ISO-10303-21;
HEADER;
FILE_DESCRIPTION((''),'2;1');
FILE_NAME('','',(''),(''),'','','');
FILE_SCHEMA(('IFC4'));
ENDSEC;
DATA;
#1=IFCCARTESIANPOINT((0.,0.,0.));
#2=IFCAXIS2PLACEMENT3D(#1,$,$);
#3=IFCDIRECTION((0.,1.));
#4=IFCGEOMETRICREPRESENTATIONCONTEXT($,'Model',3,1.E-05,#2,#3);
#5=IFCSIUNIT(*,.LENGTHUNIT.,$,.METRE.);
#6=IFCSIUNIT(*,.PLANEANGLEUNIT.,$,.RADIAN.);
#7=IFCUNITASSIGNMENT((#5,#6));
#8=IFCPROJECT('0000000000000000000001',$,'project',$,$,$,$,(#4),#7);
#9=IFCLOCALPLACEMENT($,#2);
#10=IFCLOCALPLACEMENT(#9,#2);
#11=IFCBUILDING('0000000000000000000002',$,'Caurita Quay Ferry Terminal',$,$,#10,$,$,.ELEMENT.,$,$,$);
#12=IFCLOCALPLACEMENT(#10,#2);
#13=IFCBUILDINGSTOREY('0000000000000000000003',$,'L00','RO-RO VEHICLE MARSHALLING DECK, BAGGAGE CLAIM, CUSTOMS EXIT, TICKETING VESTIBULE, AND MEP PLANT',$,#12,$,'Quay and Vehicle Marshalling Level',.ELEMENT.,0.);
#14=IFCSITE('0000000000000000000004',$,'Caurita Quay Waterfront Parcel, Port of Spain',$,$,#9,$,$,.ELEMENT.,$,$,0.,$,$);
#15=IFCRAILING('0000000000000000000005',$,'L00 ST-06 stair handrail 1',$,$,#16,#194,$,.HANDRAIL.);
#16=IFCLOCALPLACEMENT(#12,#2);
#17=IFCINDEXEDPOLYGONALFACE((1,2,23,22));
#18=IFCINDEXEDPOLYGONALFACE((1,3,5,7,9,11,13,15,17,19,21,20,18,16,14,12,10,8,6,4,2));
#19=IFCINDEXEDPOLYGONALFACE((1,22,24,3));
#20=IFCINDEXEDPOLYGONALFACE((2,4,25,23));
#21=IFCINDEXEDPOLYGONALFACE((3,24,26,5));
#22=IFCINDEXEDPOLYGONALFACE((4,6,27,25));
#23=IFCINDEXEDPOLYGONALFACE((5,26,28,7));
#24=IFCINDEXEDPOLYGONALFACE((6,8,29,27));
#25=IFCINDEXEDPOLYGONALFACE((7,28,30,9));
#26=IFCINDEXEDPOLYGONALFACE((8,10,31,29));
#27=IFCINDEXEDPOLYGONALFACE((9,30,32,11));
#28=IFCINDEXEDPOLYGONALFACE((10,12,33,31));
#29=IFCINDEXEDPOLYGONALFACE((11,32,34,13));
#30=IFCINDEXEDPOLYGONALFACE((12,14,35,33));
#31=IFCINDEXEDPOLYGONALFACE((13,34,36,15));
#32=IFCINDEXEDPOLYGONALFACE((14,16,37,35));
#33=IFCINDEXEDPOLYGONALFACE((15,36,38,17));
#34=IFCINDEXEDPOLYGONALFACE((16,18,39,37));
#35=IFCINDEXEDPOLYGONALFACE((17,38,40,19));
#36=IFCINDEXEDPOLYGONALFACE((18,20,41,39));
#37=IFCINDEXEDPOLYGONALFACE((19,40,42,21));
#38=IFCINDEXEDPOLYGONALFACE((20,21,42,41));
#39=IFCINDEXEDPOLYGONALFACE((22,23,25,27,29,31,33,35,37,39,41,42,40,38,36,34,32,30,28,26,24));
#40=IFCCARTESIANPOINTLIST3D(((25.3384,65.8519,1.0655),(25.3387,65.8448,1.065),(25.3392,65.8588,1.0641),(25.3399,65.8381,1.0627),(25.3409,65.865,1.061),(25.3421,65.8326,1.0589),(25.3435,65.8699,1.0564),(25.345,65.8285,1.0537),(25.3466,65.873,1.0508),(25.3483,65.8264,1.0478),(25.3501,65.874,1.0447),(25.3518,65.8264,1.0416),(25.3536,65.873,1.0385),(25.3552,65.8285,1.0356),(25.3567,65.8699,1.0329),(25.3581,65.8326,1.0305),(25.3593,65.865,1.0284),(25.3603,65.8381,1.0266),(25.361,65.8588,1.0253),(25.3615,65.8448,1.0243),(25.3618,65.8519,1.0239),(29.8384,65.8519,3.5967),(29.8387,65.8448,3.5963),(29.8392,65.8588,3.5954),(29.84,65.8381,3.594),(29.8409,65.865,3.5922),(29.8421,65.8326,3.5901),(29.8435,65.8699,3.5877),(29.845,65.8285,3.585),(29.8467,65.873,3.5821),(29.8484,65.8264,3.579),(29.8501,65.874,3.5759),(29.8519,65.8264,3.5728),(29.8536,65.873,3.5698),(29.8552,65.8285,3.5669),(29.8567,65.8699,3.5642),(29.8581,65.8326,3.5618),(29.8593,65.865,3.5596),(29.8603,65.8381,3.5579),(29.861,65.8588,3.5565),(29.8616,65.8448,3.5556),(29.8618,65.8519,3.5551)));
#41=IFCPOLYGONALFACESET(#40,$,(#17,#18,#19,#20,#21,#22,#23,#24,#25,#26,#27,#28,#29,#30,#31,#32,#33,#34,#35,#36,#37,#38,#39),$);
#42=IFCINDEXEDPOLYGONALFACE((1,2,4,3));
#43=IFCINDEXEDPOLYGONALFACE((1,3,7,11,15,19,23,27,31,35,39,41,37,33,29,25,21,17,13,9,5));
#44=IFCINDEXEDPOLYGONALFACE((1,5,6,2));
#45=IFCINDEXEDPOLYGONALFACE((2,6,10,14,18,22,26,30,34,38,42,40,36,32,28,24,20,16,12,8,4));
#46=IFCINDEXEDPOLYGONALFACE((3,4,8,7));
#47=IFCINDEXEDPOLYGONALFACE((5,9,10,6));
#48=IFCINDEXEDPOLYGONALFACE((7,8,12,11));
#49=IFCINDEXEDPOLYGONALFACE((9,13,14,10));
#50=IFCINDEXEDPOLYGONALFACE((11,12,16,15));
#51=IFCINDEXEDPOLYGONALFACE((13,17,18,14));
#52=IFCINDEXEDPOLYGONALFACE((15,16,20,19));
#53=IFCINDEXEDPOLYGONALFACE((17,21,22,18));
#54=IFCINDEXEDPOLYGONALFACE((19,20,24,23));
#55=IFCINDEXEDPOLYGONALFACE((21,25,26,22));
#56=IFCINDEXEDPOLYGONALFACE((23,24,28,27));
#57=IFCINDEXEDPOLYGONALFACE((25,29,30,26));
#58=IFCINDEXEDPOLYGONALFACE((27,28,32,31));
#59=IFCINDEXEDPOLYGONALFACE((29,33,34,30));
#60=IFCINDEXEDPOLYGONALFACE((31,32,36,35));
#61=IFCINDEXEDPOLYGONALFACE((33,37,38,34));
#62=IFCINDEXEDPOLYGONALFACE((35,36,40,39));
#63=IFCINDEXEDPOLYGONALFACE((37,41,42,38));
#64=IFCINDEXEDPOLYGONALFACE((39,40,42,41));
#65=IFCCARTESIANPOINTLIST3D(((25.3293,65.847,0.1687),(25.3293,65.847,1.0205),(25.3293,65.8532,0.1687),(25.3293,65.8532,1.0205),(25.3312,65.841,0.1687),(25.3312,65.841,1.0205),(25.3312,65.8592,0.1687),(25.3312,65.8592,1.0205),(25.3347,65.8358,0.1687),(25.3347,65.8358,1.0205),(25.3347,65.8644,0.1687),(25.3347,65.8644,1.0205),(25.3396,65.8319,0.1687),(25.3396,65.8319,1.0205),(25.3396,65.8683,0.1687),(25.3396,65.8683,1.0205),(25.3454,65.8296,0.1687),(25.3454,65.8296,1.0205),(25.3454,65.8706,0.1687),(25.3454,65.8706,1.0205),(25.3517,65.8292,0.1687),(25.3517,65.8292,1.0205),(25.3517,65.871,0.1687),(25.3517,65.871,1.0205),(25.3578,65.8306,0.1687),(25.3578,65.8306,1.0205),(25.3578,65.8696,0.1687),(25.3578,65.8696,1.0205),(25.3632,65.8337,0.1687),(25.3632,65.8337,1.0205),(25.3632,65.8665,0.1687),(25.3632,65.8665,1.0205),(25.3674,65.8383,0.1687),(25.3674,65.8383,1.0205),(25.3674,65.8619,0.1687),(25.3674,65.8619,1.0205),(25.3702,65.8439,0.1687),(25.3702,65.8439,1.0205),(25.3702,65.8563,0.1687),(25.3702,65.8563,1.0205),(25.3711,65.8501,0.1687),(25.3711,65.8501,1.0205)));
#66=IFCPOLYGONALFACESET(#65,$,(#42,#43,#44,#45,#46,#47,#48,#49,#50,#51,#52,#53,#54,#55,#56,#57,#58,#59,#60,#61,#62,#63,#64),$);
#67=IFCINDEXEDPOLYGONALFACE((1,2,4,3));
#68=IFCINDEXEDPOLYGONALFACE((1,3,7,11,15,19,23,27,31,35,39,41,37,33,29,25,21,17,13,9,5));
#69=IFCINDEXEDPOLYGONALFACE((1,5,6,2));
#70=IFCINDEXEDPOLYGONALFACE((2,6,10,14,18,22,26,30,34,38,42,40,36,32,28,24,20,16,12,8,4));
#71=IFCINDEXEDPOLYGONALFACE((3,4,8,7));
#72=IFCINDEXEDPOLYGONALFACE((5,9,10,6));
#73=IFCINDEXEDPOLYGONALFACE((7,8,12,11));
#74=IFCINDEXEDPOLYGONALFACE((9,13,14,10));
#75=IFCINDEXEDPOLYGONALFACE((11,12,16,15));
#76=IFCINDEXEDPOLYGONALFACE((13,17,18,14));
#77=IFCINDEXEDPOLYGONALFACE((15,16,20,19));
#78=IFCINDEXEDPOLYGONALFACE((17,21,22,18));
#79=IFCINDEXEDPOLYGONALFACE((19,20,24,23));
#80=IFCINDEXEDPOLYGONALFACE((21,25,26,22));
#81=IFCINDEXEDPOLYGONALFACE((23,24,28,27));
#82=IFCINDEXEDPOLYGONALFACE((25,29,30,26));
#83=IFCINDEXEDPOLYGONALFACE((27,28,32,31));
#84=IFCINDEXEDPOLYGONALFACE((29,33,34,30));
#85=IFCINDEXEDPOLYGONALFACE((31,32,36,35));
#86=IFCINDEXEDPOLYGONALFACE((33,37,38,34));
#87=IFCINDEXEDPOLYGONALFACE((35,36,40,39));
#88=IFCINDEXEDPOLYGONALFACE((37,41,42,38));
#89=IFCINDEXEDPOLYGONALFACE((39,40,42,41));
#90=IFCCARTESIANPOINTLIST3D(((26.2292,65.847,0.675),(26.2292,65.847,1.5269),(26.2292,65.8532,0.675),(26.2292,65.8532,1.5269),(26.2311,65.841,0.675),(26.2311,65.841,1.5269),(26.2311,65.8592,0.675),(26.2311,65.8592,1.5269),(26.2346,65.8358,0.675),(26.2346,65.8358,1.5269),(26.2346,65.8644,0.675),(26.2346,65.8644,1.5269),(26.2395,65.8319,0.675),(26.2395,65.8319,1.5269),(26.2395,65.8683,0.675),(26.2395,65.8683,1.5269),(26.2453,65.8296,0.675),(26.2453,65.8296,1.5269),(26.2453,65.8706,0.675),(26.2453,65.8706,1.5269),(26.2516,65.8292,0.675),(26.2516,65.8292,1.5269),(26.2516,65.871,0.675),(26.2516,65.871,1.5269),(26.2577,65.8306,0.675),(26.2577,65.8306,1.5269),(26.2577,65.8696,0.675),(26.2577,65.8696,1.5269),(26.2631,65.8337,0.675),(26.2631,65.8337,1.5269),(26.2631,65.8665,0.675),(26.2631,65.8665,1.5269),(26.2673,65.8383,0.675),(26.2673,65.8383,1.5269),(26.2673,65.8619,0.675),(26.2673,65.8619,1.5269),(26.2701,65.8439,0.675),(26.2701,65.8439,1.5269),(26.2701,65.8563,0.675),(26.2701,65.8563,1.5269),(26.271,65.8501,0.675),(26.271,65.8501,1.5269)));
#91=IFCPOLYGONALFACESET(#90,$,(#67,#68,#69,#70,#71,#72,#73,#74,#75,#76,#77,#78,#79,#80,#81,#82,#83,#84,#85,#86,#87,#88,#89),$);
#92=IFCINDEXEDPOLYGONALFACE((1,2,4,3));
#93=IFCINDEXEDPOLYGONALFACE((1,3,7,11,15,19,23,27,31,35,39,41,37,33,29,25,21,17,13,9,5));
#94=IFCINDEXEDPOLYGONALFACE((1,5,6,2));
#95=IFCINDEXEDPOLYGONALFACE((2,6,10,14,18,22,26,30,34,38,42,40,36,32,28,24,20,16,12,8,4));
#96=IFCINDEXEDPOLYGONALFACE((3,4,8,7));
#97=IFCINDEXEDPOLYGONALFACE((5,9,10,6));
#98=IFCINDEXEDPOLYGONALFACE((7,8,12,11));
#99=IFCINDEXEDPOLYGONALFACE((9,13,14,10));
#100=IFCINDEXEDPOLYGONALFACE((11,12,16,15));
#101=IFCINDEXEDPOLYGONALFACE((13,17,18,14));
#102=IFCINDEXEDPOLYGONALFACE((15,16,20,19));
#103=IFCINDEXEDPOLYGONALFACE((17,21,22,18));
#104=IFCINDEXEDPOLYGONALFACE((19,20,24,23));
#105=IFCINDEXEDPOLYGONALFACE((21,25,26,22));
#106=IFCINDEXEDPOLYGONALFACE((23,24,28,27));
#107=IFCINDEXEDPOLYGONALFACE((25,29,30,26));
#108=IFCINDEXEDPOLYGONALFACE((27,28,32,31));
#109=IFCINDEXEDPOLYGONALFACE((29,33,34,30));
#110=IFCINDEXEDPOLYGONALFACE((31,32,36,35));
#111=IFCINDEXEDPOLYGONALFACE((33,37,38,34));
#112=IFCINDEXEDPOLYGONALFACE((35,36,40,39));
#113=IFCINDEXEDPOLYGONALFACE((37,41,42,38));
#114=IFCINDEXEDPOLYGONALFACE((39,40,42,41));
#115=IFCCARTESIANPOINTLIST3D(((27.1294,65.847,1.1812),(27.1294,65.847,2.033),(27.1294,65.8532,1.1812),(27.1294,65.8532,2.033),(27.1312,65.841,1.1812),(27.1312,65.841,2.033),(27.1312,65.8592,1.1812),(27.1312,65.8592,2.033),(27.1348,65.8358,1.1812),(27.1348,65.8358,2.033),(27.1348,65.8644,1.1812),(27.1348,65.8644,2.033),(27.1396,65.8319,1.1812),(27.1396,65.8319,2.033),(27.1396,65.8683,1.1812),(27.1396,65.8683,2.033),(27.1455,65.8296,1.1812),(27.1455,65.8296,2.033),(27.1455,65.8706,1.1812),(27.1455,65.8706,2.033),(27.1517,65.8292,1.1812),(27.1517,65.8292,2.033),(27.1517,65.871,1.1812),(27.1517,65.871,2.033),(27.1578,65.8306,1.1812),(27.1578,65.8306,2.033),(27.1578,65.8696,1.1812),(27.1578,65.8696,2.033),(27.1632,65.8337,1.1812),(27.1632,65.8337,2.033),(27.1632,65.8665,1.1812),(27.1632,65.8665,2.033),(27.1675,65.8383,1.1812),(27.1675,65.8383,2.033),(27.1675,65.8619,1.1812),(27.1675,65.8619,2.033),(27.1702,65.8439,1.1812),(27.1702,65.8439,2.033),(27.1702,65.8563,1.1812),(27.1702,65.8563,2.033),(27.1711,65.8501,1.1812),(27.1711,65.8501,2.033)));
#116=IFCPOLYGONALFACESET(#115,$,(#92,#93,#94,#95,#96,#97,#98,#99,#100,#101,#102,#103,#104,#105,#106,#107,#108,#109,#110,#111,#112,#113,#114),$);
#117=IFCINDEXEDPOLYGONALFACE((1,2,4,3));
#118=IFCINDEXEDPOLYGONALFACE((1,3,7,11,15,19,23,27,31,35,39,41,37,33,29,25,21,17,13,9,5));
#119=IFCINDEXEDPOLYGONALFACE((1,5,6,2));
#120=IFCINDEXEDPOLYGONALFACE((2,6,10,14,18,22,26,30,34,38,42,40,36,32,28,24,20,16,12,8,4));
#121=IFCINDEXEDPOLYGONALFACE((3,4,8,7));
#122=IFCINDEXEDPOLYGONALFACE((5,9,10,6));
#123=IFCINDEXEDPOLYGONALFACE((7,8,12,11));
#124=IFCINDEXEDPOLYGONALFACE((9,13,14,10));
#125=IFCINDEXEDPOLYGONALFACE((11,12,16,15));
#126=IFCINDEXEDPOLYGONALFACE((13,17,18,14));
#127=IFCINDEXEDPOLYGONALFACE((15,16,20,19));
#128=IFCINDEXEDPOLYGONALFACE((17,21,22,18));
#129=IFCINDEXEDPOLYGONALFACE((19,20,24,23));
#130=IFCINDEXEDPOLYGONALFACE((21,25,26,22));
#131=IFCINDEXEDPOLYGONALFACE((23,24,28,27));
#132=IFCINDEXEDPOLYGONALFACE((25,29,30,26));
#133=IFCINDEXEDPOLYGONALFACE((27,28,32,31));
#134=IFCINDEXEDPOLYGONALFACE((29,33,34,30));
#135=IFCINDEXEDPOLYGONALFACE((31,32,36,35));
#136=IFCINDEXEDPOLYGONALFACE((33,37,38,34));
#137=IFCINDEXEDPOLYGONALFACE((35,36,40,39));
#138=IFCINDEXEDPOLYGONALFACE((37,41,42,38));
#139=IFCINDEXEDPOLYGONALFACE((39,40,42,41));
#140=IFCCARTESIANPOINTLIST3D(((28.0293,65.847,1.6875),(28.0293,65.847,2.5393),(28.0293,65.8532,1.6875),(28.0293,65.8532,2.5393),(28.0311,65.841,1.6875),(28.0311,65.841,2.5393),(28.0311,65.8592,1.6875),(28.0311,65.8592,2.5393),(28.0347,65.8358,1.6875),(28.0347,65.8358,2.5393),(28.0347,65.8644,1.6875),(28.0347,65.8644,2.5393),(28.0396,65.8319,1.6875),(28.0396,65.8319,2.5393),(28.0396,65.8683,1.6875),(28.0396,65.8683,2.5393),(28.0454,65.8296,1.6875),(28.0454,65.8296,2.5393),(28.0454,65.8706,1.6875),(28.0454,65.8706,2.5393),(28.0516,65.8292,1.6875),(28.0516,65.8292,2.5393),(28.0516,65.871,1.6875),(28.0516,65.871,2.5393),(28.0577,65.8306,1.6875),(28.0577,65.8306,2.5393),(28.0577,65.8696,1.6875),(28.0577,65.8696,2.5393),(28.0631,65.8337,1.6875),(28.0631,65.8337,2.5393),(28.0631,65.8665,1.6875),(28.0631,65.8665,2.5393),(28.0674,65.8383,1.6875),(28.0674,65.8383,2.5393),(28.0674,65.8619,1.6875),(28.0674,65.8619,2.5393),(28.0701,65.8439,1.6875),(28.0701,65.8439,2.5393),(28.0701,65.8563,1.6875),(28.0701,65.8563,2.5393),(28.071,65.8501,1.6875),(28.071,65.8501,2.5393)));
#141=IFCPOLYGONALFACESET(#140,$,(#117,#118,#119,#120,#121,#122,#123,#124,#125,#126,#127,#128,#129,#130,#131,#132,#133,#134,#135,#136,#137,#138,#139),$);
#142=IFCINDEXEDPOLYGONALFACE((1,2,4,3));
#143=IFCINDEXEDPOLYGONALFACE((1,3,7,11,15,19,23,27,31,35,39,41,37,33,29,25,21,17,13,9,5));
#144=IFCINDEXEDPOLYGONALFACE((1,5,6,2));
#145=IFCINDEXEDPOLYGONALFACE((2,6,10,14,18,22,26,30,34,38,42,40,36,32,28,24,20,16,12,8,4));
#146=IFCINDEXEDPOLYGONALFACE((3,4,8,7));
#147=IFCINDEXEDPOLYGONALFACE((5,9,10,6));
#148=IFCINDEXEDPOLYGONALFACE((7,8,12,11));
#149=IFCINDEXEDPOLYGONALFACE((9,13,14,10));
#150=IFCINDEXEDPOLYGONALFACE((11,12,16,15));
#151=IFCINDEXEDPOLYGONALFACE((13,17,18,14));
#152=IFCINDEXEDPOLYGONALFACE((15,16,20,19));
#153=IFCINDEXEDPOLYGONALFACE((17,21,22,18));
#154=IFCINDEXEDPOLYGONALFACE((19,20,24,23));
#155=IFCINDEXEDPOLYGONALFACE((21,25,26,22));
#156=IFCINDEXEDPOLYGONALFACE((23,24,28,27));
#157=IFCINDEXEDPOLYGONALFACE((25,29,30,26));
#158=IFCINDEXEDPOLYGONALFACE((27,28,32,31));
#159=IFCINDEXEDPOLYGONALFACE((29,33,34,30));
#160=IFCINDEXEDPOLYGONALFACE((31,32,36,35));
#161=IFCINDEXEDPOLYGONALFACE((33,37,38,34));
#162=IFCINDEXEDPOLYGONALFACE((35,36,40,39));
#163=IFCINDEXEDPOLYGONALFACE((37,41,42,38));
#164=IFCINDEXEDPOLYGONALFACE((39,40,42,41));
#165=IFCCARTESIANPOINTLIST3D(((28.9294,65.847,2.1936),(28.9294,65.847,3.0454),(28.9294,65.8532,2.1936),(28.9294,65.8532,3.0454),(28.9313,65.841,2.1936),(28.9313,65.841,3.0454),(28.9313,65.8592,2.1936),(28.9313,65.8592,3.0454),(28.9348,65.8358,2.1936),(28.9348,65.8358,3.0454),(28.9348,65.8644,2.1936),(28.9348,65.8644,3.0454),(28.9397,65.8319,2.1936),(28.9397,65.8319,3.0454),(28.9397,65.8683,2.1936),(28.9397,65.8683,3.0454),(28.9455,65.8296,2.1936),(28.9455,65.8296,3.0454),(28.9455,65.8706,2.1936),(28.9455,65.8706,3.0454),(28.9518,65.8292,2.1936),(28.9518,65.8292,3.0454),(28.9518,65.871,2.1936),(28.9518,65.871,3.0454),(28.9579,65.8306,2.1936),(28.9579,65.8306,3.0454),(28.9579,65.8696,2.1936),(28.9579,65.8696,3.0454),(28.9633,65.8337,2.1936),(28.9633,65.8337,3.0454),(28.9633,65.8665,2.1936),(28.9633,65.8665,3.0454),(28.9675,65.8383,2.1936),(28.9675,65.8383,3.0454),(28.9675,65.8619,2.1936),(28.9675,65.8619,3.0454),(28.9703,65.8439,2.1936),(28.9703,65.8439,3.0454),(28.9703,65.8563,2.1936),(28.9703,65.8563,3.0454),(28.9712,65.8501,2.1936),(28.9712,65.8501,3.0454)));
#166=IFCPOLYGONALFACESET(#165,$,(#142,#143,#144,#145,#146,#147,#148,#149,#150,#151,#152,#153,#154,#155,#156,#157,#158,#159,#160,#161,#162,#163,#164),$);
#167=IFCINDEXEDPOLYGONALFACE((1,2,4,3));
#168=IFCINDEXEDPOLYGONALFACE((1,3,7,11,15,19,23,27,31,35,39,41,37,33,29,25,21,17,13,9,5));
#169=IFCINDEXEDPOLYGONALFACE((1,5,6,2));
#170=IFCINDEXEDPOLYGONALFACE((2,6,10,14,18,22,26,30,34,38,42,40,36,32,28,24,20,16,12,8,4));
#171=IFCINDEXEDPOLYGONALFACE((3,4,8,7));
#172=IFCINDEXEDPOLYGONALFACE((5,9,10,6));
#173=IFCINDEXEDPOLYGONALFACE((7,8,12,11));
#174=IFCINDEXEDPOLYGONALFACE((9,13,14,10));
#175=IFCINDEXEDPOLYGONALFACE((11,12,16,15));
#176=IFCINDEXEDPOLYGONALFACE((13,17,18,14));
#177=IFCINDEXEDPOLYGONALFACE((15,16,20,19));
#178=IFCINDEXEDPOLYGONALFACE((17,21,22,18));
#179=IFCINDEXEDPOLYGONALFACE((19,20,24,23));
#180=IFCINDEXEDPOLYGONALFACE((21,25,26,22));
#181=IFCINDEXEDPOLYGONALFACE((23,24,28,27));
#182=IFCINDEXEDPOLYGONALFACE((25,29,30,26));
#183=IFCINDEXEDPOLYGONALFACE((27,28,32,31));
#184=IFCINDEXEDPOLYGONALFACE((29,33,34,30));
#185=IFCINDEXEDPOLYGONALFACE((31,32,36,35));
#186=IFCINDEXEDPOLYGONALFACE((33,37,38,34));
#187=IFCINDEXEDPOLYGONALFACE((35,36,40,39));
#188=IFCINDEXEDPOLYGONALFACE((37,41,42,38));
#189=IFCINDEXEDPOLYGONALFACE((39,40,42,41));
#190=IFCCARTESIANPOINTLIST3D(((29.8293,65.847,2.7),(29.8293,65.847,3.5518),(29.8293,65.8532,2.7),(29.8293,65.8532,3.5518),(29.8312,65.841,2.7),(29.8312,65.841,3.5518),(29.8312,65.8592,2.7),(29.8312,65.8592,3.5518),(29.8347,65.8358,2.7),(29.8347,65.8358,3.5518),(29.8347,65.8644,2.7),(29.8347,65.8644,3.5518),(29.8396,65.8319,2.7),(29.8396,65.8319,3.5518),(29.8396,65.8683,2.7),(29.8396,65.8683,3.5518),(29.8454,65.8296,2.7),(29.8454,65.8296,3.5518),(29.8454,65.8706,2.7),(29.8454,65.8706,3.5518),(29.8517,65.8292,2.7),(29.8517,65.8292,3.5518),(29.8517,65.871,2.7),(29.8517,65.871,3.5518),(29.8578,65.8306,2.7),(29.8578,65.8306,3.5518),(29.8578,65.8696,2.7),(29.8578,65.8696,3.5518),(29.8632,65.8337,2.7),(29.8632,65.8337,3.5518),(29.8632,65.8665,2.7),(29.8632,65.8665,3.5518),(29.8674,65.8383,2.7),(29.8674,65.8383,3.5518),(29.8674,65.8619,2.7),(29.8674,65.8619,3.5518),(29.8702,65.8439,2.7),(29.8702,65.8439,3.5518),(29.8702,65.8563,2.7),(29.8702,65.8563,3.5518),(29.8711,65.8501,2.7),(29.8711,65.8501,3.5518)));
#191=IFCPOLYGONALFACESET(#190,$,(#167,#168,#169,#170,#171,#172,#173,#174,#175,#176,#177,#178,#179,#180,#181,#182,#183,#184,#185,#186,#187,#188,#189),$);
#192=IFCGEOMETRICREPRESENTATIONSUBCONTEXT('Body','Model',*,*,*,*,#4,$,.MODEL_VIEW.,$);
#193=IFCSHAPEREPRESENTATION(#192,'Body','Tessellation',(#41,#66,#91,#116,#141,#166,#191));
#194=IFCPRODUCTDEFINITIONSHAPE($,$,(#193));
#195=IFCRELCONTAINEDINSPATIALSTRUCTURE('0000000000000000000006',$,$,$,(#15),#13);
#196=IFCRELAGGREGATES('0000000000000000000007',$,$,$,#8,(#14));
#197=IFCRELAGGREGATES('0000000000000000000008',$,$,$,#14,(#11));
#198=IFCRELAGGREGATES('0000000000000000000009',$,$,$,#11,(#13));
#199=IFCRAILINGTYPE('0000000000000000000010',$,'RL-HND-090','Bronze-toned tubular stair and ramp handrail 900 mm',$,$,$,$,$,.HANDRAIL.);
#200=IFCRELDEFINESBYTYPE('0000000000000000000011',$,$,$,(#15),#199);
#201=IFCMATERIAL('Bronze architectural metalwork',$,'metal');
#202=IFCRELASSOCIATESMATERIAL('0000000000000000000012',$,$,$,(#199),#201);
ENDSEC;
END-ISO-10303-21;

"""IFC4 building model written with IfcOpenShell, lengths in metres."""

from ifc_helpers import new_model, si_unit, direction, frame, origin, origin_2d, place, context, subcontext, project, spatial, circle, extrude, material, type_object, element, save


model = new_model("IFC4")

# Units and contexts
model_context = context("Model", 3, precision=1e-05, world=origin(), true_north=direction((0.0, 1.0)))
body_context = subcontext(model_context, "Body", "Model", "MODEL_VIEW")
ifc_project = project(units=[si_unit("LENGTHUNIT", "METRE"), si_unit("PLANEANGLEUNIT", "RADIAN")], contexts=[model_context])

# Site, building, storey
site_placement = place(None, origin())
site = spatial("IfcSite", under=ifc_project, at=site_placement, Name="Caurita Quay Waterfront Parcel, Port of Spain", CompositionType="ELEMENT", RefElevation=0.0)
building_placement = place(site_placement, origin())
building = spatial("IfcBuilding", under=site, at=building_placement, Name="Caurita Quay Ferry Terminal", CompositionType="ELEMENT")
storey_placement = place(building_placement, origin())
storey = spatial("IfcBuildingStorey", under=building, at=storey_placement, Name="L00", Description="RO-RO VEHICLE MARSHALLING DECK, BAGGAGE CLAIM, CUSTOMS EXIT, TICKETING VESTIBULE, AND MEP PLANT", LongName="Quay and Vehicle Marshalling Level", CompositionType="ELEMENT", Elevation=0.0)

# Railing
ifc_material_1 = material(Name="Bronze architectural metalwork", Category="metal")
railing_type = type_object("IfcRailingType", Name="RL-HND-090", Description="Bronze-toned tubular stair and ramp handrail 900 mm", PredefinedType="HANDRAIL", material=ifc_material_1)
railing_placement = place(storey_placement, frame((25.3501, 65.8501, 0.1687)))
element("IfcRailing", 1, at=railing_placement, inside=storey, type_object=railing_type, Name="L00 ST-06 stair handrail 1", PredefinedType="HANDRAIL", context=body_context, shape_type="SweptSolid", body=[
    extrude(circle(Radius=0.0239, at=origin_2d()), frame((0.0, 0.0, 0.876), z_axis=(0.871576, 0.0, 0.490261), x_axis=(0.0, 1.0, 0.0)), (0.0, 0.0, 1.0), 5.1631),
    extrude(circle(Radius=0.021, at=origin_2d()), origin(), (0.0, 0.0, 1.0), 0.8518),
    extrude(circle(Radius=0.021, at=origin_2d()), frame((0.8999, 0.0, 0.5063)), (0.0, 0.0, 1.0), 0.8518),
    extrude(circle(Radius=0.021, at=origin_2d()), frame((1.8, 0.0, 1.0125)), (0.0, 0.0, 1.0), 0.8518),
    extrude(circle(Radius=0.021, at=origin_2d()), frame((2.7, 0.0, 1.5188)), (0.0, 0.0, 1.0), 0.8518),
    extrude(circle(Radius=0.021, at=origin_2d()), frame((3.6001, 0.0, 2.0249)), (0.0, 0.0, 1.0), 0.8518),
    extrude(circle(Radius=0.021, at=origin_2d()), frame((4.5, 0.0, 2.5312)), (0.0, 0.0, 1.0), 0.8518),
])

save(model, "model.ifc")
